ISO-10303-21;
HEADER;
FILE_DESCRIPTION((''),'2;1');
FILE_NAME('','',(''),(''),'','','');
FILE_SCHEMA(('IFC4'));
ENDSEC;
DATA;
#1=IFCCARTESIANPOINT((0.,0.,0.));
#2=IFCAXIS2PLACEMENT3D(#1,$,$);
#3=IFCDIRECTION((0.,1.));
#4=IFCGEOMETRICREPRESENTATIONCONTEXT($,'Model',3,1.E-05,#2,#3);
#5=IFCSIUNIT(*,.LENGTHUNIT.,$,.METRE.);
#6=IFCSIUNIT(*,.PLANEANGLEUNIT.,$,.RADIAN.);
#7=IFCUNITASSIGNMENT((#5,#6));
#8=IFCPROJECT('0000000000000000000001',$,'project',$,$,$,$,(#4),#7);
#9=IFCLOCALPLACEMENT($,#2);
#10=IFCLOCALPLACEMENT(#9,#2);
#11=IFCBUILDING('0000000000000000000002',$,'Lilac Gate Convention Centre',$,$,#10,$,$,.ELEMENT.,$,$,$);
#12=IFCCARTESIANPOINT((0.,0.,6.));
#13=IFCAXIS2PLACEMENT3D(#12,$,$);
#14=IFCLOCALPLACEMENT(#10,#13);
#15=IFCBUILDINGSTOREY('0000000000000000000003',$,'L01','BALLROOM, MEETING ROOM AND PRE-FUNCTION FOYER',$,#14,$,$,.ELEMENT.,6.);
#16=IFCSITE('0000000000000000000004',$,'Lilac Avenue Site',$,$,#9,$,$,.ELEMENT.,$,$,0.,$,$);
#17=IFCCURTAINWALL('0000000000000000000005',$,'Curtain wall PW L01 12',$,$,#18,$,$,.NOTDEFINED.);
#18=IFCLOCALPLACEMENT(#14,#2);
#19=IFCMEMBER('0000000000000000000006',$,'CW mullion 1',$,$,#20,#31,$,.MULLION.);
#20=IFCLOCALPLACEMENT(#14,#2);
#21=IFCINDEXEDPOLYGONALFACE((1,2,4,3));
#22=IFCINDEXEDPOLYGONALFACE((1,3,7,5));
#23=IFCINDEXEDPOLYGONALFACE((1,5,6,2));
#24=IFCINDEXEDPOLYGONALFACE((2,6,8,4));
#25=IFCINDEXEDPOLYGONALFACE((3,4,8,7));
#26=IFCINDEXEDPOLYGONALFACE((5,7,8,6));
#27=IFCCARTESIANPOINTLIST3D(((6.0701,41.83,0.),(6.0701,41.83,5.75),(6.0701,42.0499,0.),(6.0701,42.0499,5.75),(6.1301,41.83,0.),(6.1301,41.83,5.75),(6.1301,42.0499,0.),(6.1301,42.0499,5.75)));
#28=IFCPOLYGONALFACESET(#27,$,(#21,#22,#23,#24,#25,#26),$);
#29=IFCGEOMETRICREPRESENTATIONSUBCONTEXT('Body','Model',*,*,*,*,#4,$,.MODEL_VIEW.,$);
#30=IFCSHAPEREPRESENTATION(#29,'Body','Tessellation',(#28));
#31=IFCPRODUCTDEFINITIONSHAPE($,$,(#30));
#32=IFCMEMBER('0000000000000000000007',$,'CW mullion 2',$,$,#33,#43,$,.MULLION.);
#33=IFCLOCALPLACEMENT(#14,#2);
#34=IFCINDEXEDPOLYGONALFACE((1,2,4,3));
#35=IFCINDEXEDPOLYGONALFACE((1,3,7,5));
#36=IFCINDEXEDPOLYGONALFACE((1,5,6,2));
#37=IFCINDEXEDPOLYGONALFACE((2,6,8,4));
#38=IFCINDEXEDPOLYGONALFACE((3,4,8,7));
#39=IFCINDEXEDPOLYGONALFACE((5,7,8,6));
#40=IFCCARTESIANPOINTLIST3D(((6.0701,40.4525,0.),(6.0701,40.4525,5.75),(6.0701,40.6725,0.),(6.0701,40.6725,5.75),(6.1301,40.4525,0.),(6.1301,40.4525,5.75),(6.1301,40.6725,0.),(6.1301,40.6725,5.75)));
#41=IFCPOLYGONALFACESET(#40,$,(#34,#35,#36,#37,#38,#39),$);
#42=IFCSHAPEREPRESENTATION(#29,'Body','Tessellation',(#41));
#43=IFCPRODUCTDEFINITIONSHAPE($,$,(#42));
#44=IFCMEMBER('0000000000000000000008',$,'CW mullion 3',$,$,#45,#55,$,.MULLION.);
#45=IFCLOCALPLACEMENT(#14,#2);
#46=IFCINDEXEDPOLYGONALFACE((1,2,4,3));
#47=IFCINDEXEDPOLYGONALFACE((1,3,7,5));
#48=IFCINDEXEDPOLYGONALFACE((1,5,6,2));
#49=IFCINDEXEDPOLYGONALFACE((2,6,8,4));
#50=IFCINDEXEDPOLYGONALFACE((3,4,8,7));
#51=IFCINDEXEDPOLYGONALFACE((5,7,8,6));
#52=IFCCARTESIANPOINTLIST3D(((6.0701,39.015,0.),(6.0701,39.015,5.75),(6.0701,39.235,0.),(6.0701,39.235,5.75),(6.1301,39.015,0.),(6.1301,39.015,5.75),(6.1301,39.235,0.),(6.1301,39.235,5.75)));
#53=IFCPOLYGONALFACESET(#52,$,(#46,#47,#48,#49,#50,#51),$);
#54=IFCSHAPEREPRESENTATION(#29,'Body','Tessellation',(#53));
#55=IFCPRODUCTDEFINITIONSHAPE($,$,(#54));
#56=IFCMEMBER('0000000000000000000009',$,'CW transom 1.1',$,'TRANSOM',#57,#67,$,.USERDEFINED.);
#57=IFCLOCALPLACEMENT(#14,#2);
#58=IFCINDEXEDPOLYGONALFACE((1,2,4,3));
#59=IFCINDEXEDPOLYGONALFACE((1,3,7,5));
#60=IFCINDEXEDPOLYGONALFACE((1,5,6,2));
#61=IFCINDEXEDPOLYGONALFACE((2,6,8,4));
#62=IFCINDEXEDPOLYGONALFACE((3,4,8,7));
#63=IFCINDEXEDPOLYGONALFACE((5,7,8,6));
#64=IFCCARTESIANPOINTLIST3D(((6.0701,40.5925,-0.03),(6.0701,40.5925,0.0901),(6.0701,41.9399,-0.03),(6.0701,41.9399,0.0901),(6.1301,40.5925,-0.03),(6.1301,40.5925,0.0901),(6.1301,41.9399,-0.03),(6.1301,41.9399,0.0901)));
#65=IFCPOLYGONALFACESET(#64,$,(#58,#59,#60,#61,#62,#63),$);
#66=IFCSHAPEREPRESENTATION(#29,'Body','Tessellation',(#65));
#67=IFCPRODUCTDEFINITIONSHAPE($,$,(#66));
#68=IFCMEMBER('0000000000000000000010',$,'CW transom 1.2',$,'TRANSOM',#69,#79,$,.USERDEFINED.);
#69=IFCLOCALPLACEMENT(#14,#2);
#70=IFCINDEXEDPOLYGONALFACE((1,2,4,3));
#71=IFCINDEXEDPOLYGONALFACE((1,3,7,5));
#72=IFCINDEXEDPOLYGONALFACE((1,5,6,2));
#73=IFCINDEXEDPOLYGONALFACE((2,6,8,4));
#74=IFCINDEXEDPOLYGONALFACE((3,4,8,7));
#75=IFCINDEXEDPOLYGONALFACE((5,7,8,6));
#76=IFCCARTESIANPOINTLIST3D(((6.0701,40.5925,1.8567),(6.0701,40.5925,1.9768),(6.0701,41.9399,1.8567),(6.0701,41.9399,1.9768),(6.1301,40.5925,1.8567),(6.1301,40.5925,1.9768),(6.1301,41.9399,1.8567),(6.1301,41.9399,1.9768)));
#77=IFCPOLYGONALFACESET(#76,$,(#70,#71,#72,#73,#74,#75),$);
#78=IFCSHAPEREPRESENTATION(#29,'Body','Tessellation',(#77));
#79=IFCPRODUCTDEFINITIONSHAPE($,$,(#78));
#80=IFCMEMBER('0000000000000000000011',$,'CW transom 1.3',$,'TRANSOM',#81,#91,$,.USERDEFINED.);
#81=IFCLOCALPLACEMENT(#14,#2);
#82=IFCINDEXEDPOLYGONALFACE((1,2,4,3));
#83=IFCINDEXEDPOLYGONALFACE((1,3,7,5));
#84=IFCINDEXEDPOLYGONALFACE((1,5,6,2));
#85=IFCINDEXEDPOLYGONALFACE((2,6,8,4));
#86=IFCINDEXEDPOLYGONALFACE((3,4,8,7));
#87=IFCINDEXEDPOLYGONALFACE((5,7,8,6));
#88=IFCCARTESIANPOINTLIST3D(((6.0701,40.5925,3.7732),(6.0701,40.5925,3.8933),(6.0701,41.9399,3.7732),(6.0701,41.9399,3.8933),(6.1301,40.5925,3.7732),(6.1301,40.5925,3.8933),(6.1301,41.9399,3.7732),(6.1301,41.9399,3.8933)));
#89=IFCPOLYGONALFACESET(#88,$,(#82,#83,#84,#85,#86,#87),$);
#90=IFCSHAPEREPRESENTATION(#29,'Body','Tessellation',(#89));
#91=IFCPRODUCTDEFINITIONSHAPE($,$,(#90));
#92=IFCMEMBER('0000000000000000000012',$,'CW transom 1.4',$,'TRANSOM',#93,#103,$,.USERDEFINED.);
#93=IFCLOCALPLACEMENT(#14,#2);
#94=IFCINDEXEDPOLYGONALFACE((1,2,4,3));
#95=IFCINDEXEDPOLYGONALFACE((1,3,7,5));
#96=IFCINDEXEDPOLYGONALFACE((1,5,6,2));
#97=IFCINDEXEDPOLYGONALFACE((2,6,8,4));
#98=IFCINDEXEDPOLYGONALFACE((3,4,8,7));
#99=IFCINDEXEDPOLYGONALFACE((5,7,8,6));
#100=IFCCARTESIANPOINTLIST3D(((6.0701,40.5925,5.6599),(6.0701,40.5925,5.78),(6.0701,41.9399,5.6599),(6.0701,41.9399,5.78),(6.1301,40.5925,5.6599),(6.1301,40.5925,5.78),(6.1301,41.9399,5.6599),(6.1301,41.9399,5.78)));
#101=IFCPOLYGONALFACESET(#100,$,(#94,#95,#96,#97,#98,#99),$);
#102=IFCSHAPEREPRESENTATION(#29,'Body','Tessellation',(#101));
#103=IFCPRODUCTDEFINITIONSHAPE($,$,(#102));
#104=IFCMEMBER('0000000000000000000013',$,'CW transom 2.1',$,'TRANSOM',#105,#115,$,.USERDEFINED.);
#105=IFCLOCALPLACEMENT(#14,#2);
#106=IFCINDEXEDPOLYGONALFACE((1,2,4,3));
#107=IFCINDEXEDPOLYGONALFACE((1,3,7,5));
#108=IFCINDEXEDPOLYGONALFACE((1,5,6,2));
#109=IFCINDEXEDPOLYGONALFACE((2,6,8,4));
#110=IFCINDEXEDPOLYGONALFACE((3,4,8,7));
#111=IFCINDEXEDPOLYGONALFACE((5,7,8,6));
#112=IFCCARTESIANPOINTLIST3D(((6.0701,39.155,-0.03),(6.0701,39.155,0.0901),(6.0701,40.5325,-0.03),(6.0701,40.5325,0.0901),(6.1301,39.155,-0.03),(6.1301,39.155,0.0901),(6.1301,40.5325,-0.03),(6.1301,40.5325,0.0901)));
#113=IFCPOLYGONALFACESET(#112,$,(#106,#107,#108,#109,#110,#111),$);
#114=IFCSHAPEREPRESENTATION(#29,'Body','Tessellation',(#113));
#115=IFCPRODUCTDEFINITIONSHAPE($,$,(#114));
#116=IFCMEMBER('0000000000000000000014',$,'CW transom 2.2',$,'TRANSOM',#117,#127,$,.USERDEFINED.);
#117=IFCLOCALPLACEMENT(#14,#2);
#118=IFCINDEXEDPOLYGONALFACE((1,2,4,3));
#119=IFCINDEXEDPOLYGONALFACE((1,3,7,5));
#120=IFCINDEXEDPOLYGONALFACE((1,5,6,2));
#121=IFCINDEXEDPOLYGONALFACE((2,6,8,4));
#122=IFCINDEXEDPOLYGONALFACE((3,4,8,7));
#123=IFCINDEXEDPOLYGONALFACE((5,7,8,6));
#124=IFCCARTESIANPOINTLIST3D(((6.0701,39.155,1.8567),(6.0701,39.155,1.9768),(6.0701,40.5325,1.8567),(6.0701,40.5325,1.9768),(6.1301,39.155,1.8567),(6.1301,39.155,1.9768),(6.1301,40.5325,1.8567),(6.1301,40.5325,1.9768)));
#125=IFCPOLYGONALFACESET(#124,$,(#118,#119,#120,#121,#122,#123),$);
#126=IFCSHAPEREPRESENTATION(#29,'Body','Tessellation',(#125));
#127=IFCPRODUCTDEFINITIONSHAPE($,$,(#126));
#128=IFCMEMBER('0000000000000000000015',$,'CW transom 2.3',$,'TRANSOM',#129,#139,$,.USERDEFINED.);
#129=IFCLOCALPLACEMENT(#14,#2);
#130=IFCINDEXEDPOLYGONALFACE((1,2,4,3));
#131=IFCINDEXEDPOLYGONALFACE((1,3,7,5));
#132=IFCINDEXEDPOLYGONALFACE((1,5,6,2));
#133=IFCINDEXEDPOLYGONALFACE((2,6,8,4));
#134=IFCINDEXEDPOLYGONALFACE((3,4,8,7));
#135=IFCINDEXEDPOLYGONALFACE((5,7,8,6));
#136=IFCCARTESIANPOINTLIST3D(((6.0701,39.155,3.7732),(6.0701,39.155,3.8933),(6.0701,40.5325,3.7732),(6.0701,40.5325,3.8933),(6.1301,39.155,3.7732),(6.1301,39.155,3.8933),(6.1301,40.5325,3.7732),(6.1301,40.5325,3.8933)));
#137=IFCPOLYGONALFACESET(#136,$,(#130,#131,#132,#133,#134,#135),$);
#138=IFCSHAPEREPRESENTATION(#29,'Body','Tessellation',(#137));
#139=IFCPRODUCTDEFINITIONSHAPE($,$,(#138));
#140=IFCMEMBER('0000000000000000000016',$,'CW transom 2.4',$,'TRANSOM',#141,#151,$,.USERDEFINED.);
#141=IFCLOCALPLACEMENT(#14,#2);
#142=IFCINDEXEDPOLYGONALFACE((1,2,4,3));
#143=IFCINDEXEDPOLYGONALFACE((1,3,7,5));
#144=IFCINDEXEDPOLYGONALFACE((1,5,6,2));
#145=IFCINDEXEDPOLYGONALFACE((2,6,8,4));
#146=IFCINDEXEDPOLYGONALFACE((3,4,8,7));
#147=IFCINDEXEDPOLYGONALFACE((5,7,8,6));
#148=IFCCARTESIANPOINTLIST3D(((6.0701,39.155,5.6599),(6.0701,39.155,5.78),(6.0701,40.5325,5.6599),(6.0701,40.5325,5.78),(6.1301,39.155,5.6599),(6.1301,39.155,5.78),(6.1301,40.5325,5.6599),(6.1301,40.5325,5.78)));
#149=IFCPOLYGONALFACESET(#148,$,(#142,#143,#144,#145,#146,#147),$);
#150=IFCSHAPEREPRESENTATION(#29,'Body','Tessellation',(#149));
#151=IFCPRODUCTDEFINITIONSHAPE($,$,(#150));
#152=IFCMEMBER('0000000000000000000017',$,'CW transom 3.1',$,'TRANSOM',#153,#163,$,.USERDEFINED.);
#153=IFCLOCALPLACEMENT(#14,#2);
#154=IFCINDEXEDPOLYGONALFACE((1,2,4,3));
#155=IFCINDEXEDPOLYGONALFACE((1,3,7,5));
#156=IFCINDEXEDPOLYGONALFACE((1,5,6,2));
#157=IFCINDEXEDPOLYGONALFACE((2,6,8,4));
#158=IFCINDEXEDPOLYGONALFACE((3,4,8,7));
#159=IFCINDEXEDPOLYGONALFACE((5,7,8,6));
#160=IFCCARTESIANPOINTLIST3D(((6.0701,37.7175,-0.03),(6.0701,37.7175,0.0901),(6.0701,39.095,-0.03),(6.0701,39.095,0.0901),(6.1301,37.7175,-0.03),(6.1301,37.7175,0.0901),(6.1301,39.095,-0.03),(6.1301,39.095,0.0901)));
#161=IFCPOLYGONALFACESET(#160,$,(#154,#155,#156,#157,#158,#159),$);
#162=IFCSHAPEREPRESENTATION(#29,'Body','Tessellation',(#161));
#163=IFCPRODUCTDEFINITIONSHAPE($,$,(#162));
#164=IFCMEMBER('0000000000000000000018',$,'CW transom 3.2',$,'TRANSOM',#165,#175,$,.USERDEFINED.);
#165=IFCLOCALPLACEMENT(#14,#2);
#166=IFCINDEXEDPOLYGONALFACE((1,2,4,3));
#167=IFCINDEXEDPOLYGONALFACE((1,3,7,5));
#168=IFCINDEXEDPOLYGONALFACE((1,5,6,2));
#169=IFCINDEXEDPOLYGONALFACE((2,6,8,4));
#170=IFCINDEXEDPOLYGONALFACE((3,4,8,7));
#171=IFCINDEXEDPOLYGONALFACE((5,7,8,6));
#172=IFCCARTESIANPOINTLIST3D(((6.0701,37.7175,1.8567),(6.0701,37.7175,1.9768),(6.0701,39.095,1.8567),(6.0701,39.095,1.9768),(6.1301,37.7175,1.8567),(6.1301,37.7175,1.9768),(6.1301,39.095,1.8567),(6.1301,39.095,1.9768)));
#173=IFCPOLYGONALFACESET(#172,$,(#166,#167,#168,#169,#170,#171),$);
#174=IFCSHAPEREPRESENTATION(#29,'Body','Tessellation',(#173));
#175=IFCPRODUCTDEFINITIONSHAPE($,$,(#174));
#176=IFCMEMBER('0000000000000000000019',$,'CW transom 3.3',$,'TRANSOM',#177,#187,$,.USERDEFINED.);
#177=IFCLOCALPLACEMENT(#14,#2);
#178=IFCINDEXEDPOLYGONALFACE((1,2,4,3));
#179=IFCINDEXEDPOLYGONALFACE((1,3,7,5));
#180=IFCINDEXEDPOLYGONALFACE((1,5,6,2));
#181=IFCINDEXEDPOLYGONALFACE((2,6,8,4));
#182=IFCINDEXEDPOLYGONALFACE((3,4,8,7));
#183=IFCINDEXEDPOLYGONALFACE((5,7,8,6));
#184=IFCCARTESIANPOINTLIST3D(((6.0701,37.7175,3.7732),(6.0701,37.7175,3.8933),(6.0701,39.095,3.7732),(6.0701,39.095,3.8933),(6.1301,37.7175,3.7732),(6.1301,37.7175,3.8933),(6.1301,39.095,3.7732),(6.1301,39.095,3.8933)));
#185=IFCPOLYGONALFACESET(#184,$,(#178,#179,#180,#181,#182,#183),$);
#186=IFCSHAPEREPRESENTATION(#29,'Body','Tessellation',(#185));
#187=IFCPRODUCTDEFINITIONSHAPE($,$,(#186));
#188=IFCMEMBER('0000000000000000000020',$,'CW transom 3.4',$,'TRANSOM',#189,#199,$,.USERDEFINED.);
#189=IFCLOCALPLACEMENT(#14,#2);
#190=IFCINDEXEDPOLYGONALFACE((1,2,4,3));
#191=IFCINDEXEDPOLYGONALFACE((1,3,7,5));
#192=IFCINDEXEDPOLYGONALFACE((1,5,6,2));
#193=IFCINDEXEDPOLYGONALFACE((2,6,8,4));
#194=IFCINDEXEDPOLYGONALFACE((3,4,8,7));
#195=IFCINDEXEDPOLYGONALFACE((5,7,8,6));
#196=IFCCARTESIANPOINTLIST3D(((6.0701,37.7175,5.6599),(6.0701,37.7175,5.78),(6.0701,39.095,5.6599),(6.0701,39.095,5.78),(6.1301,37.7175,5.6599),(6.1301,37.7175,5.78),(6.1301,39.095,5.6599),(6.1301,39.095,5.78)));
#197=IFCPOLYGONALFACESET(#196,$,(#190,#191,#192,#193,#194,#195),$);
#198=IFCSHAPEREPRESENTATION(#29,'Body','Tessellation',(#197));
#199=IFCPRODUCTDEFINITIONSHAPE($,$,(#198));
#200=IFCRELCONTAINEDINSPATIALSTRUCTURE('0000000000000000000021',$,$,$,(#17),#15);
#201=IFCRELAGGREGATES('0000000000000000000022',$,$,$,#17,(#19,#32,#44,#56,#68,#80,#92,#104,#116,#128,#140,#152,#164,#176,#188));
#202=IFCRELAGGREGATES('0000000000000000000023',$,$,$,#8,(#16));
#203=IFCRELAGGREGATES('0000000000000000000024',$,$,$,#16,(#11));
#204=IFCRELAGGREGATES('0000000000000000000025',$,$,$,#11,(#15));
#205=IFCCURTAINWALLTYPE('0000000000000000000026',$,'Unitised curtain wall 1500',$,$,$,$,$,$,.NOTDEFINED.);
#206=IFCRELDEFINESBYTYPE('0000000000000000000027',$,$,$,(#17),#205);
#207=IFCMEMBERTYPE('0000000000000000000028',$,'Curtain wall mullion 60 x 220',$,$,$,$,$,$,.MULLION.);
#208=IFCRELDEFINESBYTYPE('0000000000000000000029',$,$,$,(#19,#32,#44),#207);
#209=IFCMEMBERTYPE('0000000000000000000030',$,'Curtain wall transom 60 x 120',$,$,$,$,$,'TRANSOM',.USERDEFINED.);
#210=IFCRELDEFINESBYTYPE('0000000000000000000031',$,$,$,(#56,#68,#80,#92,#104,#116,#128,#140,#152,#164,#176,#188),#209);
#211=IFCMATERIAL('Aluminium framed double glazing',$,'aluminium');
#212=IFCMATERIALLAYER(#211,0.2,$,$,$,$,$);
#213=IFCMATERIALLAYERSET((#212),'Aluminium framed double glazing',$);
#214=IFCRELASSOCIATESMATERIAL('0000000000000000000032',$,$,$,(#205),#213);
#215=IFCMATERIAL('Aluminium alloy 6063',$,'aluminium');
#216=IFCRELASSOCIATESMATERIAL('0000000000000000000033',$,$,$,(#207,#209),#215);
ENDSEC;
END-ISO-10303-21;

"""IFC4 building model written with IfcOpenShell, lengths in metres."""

from ifc_helpers import new_model, si_unit, direction, frame, origin, origin_2d, place, context, subcontext, project, spatial, rectangle, extrude, material, layer, layer_set, material_profile, profile_set, type_object, element, aggregate, save


model = new_model("IFC4")

# Units and contexts
model_context = context("Model", 3, precision=1e-05, world=origin(), true_north=direction((0.0, 1.0)))
body_context = subcontext(model_context, "Body", "Model", "MODEL_VIEW")
ifc_project = project(units=[si_unit("LENGTHUNIT", "METRE"), si_unit("PLANEANGLEUNIT", "RADIAN")], contexts=[model_context])

# Site, building, storey
site_placement = place(None, origin())
site = spatial("IfcSite", under=ifc_project, at=site_placement, Name="Lilac Avenue Site", CompositionType="ELEMENT", RefElevation=0.0)
building_placement = place(site_placement, origin())
building = spatial("IfcBuilding", under=site, at=building_placement, Name="Lilac Gate Convention Centre", CompositionType="ELEMENT")
storey_placement = place(building_placement, frame((0.0, 0.0, 6.0)))
storey = spatial("IfcBuildingStorey", under=building, at=storey_placement, Name="L01", Description="BALLROOM, MEETING ROOM AND PRE-FUNCTION FOYER", CompositionType="ELEMENT", Elevation=6.0)

# Curtain wall, members
ifc_material_1 = material(Name="Aluminium framed double glazing", Category="aluminium")
ifc_layer_1 = layer(ifc_material_1, 0.2)
ifc_layer_set_1 = layer_set([ifc_layer_1], Name="Aluminium framed double glazing")
curtain_wall_type = type_object("IfcCurtainWallType", Name="Unitised curtain wall 1500", PredefinedType="NOTDEFINED", material=ifc_layer_set_1)
curtain_wall_placement = place(storey_placement, origin())
curtain_wall = element("IfcCurtainWall", 1, at=curtain_wall_placement, inside=storey, type_object=curtain_wall_type, Name="Curtain wall PW L01 12", PredefinedType="NOTDEFINED")
ifc_material_2 = material(Name="Aluminium alloy 6063", Category="aluminium")
ifc_material_profile_1 = material_profile(ifc_material_2, rectangle(XDim=0.0601, YDim=0.22, at=origin_2d()), Name="Curtain wall mullion 60 x 220")
ifc_profile_set_1 = profile_set([ifc_material_profile_1], Name="Aluminium alloy 6063")
member_type_1 = type_object("IfcMemberType", Name="Curtain wall mullion 60 x 220", PredefinedType="MULLION", material=ifc_profile_set_1)
member_1_placement = place(storey_placement, frame((6.1001, 41.9399, 0.0), z_axis=(0.0, 0.0, 1.0), x_axis=(1.0, 0.0, 0.0)))
member_1 = element("IfcMember", 2, at=member_1_placement, type_object=member_type_1, Name="CW mullion 1", PredefinedType="MULLION", context=body_context, shape_type="SweptSolid", body=[
    extrude(rectangle(XDim=0.0601, YDim=0.22, at=origin_2d()), origin(), (0.0, 0.0, 1.0), 5.75),
])
member_2_placement = place(storey_placement, frame((6.1001, 40.5625, 0.0), z_axis=(0.0, 0.0, 1.0), x_axis=(1.0, 0.0, 0.0)))
member_2 = element("IfcMember", 3, at=member_2_placement, type_object=member_type_1, Name="CW mullion 2", PredefinedType="MULLION", context=body_context, shape_type="SweptSolid", body=[
    extrude(rectangle(XDim=0.0601, YDim=0.22, at=origin_2d()), origin(), (0.0, 0.0, 1.0), 5.75),
])
member_3_placement = place(storey_placement, frame((6.1001, 39.125, 0.0), z_axis=(0.0, 0.0, 1.0), x_axis=(1.0, 0.0, 0.0)))
member_3 = element("IfcMember", 4, at=member_3_placement, type_object=member_type_1, Name="CW mullion 3", PredefinedType="MULLION", context=body_context, shape_type="SweptSolid", body=[
    extrude(rectangle(XDim=0.0601, YDim=0.22, at=origin_2d()), origin(), (0.0, 0.0, 1.0), 5.75),
])
ifc_material_profile_2 = material_profile(ifc_material_2, rectangle(XDim=0.0601, YDim=0.1201, at=origin_2d()), Name="Curtain wall transom 60 x 120")
ifc_profile_set_2 = profile_set([ifc_material_profile_2], Name="Aluminium alloy 6063")
member_type_2 = type_object("IfcMemberType", Name="Curtain wall transom 60 x 120", ElementType="TRANSOM", PredefinedType="USERDEFINED", material=ifc_profile_set_2)
member_4_placement = place(storey_placement, frame((6.1001, 41.9399, 0.03), z_axis=(0.0, -1.0, 0.0), x_axis=(1.0, 0.0, 0.0)))
member_4 = element("IfcMember", 5, at=member_4_placement, type_object=member_type_2, Name="CW transom 1.1", ObjectType="TRANSOM", PredefinedType="USERDEFINED", context=body_context, shape_type="SweptSolid", body=[
    extrude(rectangle(XDim=0.0601, YDim=0.1201, at=origin_2d()), origin(), (0.0, 0.0, 1.0), 1.3474),
])
member_5_placement = place(storey_placement, frame((6.1001, 41.9399, 1.9167), z_axis=(0.0, -1.0, 0.0), x_axis=(1.0, 0.0, 0.0)))
member_5 = element("IfcMember", 6, at=member_5_placement, type_object=member_type_2, Name="CW transom 1.2", ObjectType="TRANSOM", PredefinedType="USERDEFINED", context=body_context, shape_type="SweptSolid", body=[
    extrude(rectangle(XDim=0.0601, YDim=0.1201, at=origin_2d()), origin(), (0.0, 0.0, 1.0), 1.3474),
])
member_6_placement = place(storey_placement, frame((6.1001, 41.9399, 3.8333), z_axis=(0.0, -1.0, 0.0), x_axis=(1.0, 0.0, 0.0)))
member_6 = element("IfcMember", 7, at=member_6_placement, type_object=member_type_2, Name="CW transom 1.3", ObjectType="TRANSOM", PredefinedType="USERDEFINED", context=body_context, shape_type="SweptSolid", body=[
    extrude(rectangle(XDim=0.0601, YDim=0.1201, at=origin_2d()), origin(), (0.0, 0.0, 1.0), 1.3474),
])
member_7_placement = place(storey_placement, frame((6.1001, 41.9399, 5.72), z_axis=(0.0, -1.0, 0.0), x_axis=(1.0, 0.0, 0.0)))
member_7 = element("IfcMember", 8, at=member_7_placement, type_object=member_type_2, Name="CW transom 1.4", ObjectType="TRANSOM", PredefinedType="USERDEFINED", context=body_context, shape_type="SweptSolid", body=[
    extrude(rectangle(XDim=0.0601, YDim=0.1201, at=origin_2d()), origin(), (0.0, 0.0, 1.0), 1.3474),
])
member_8_placement = place(storey_placement, frame((6.1001, 40.5325, 0.03), z_axis=(0.0, -1.0, 0.0), x_axis=(1.0, 0.0, 0.0)))
member_8 = element("IfcMember", 9, at=member_8_placement, type_object=member_type_2, Name="CW transom 2.1", ObjectType="TRANSOM", PredefinedType="USERDEFINED", context=body_context, shape_type="SweptSolid", body=[
    extrude(rectangle(XDim=0.0601, YDim=0.1201, at=origin_2d()), origin(), (0.0, 0.0, 1.0), 1.3774),
])
member_9_placement = place(storey_placement, frame((6.1001, 40.5325, 1.9167), z_axis=(0.0, -1.0, 0.0), x_axis=(1.0, 0.0, 0.0)))
member_9 = element("IfcMember", 10, at=member_9_placement, type_object=member_type_2, Name="CW transom 2.2", ObjectType="TRANSOM", PredefinedType="USERDEFINED", context=body_context, shape_type="SweptSolid", body=[
    extrude(rectangle(XDim=0.0601, YDim=0.1201, at=origin_2d()), origin(), (0.0, 0.0, 1.0), 1.3774),
])
member_10_placement = place(storey_placement, frame((6.1001, 40.5325, 3.8333), z_axis=(0.0, -1.0, 0.0), x_axis=(1.0, 0.0, 0.0)))
member_10 = element("IfcMember", 11, at=member_10_placement, type_object=member_type_2, Name="CW transom 2.3", ObjectType="TRANSOM", PredefinedType="USERDEFINED", context=body_context, shape_type="SweptSolid", body=[
    extrude(rectangle(XDim=0.0601, YDim=0.1201, at=origin_2d()), origin(), (0.0, 0.0, 1.0), 1.3774),
])
member_11_placement = place(storey_placement, frame((6.1001, 40.5325, 5.72), z_axis=(0.0, -1.0, 0.0), x_axis=(1.0, 0.0, 0.0)))
member_11 = element("IfcMember", 12, at=member_11_placement, type_object=member_type_2, Name="CW transom 2.4", ObjectType="TRANSOM", PredefinedType="USERDEFINED", context=body_context, shape_type="SweptSolid", body=[
    extrude(rectangle(XDim=0.0601, YDim=0.1201, at=origin_2d()), origin(), (0.0, 0.0, 1.0), 1.3774),
])
member_12_placement = place(storey_placement, frame((6.1001, 39.095, 0.03), z_axis=(0.0, -1.0, 0.0), x_axis=(1.0, 0.0, 0.0)))
member_12 = element("IfcMember", 13, at=member_12_placement, type_object=member_type_2, Name="CW transom 3.1", ObjectType="TRANSOM", PredefinedType="USERDEFINED", context=body_context, shape_type="SweptSolid", body=[
    extrude(rectangle(XDim=0.0601, YDim=0.1201, at=origin_2d()), origin(), (0.0, 0.0, 1.0), 1.3774),
])
member_13_placement = place(storey_placement, frame((6.1001, 39.095, 1.9167), z_axis=(0.0, -1.0, 0.0), x_axis=(1.0, 0.0, 0.0)))
member_13 = element("IfcMember", 14, at=member_13_placement, type_object=member_type_2, Name="CW transom 3.2", ObjectType="TRANSOM", PredefinedType="USERDEFINED", context=body_context, shape_type="SweptSolid", body=[
    extrude(rectangle(XDim=0.0601, YDim=0.1201, at=origin_2d()), origin(), (0.0, 0.0, 1.0), 1.3774),
])
member_14_placement = place(storey_placement, frame((6.1001, 39.095, 3.8333), z_axis=(0.0, -1.0, 0.0), x_axis=(1.0, 0.0, 0.0)))
member_14 = element("IfcMember", 15, at=member_14_placement, type_object=member_type_2, Name="CW transom 3.3", ObjectType="TRANSOM", PredefinedType="USERDEFINED", context=body_context, shape_type="SweptSolid", body=[
    extrude(rectangle(XDim=0.0601, YDim=0.1201, at=origin_2d()), origin(), (0.0, 0.0, 1.0), 1.3774),
])
member_15_placement = place(storey_placement, frame((6.1001, 39.095, 5.72), z_axis=(0.0, -1.0, 0.0), x_axis=(1.0, 0.0, 0.0)))
member_15 = element("IfcMember", 16, at=member_15_placement, type_object=member_type_2, Name="CW transom 3.4", ObjectType="TRANSOM", PredefinedType="USERDEFINED", context=body_context, shape_type="SweptSolid", body=[
    extrude(rectangle(XDim=0.0601, YDim=0.1201, at=origin_2d()), origin(), (0.0, 0.0, 1.0), 1.3774),
])
aggregate(curtain_wall, [member_1, member_2, member_3, member_4, member_5, member_6, member_7, member_8, member_9, member_10, member_11, member_12, member_13, member_14, member_15])

save(model, "model.ifc")
